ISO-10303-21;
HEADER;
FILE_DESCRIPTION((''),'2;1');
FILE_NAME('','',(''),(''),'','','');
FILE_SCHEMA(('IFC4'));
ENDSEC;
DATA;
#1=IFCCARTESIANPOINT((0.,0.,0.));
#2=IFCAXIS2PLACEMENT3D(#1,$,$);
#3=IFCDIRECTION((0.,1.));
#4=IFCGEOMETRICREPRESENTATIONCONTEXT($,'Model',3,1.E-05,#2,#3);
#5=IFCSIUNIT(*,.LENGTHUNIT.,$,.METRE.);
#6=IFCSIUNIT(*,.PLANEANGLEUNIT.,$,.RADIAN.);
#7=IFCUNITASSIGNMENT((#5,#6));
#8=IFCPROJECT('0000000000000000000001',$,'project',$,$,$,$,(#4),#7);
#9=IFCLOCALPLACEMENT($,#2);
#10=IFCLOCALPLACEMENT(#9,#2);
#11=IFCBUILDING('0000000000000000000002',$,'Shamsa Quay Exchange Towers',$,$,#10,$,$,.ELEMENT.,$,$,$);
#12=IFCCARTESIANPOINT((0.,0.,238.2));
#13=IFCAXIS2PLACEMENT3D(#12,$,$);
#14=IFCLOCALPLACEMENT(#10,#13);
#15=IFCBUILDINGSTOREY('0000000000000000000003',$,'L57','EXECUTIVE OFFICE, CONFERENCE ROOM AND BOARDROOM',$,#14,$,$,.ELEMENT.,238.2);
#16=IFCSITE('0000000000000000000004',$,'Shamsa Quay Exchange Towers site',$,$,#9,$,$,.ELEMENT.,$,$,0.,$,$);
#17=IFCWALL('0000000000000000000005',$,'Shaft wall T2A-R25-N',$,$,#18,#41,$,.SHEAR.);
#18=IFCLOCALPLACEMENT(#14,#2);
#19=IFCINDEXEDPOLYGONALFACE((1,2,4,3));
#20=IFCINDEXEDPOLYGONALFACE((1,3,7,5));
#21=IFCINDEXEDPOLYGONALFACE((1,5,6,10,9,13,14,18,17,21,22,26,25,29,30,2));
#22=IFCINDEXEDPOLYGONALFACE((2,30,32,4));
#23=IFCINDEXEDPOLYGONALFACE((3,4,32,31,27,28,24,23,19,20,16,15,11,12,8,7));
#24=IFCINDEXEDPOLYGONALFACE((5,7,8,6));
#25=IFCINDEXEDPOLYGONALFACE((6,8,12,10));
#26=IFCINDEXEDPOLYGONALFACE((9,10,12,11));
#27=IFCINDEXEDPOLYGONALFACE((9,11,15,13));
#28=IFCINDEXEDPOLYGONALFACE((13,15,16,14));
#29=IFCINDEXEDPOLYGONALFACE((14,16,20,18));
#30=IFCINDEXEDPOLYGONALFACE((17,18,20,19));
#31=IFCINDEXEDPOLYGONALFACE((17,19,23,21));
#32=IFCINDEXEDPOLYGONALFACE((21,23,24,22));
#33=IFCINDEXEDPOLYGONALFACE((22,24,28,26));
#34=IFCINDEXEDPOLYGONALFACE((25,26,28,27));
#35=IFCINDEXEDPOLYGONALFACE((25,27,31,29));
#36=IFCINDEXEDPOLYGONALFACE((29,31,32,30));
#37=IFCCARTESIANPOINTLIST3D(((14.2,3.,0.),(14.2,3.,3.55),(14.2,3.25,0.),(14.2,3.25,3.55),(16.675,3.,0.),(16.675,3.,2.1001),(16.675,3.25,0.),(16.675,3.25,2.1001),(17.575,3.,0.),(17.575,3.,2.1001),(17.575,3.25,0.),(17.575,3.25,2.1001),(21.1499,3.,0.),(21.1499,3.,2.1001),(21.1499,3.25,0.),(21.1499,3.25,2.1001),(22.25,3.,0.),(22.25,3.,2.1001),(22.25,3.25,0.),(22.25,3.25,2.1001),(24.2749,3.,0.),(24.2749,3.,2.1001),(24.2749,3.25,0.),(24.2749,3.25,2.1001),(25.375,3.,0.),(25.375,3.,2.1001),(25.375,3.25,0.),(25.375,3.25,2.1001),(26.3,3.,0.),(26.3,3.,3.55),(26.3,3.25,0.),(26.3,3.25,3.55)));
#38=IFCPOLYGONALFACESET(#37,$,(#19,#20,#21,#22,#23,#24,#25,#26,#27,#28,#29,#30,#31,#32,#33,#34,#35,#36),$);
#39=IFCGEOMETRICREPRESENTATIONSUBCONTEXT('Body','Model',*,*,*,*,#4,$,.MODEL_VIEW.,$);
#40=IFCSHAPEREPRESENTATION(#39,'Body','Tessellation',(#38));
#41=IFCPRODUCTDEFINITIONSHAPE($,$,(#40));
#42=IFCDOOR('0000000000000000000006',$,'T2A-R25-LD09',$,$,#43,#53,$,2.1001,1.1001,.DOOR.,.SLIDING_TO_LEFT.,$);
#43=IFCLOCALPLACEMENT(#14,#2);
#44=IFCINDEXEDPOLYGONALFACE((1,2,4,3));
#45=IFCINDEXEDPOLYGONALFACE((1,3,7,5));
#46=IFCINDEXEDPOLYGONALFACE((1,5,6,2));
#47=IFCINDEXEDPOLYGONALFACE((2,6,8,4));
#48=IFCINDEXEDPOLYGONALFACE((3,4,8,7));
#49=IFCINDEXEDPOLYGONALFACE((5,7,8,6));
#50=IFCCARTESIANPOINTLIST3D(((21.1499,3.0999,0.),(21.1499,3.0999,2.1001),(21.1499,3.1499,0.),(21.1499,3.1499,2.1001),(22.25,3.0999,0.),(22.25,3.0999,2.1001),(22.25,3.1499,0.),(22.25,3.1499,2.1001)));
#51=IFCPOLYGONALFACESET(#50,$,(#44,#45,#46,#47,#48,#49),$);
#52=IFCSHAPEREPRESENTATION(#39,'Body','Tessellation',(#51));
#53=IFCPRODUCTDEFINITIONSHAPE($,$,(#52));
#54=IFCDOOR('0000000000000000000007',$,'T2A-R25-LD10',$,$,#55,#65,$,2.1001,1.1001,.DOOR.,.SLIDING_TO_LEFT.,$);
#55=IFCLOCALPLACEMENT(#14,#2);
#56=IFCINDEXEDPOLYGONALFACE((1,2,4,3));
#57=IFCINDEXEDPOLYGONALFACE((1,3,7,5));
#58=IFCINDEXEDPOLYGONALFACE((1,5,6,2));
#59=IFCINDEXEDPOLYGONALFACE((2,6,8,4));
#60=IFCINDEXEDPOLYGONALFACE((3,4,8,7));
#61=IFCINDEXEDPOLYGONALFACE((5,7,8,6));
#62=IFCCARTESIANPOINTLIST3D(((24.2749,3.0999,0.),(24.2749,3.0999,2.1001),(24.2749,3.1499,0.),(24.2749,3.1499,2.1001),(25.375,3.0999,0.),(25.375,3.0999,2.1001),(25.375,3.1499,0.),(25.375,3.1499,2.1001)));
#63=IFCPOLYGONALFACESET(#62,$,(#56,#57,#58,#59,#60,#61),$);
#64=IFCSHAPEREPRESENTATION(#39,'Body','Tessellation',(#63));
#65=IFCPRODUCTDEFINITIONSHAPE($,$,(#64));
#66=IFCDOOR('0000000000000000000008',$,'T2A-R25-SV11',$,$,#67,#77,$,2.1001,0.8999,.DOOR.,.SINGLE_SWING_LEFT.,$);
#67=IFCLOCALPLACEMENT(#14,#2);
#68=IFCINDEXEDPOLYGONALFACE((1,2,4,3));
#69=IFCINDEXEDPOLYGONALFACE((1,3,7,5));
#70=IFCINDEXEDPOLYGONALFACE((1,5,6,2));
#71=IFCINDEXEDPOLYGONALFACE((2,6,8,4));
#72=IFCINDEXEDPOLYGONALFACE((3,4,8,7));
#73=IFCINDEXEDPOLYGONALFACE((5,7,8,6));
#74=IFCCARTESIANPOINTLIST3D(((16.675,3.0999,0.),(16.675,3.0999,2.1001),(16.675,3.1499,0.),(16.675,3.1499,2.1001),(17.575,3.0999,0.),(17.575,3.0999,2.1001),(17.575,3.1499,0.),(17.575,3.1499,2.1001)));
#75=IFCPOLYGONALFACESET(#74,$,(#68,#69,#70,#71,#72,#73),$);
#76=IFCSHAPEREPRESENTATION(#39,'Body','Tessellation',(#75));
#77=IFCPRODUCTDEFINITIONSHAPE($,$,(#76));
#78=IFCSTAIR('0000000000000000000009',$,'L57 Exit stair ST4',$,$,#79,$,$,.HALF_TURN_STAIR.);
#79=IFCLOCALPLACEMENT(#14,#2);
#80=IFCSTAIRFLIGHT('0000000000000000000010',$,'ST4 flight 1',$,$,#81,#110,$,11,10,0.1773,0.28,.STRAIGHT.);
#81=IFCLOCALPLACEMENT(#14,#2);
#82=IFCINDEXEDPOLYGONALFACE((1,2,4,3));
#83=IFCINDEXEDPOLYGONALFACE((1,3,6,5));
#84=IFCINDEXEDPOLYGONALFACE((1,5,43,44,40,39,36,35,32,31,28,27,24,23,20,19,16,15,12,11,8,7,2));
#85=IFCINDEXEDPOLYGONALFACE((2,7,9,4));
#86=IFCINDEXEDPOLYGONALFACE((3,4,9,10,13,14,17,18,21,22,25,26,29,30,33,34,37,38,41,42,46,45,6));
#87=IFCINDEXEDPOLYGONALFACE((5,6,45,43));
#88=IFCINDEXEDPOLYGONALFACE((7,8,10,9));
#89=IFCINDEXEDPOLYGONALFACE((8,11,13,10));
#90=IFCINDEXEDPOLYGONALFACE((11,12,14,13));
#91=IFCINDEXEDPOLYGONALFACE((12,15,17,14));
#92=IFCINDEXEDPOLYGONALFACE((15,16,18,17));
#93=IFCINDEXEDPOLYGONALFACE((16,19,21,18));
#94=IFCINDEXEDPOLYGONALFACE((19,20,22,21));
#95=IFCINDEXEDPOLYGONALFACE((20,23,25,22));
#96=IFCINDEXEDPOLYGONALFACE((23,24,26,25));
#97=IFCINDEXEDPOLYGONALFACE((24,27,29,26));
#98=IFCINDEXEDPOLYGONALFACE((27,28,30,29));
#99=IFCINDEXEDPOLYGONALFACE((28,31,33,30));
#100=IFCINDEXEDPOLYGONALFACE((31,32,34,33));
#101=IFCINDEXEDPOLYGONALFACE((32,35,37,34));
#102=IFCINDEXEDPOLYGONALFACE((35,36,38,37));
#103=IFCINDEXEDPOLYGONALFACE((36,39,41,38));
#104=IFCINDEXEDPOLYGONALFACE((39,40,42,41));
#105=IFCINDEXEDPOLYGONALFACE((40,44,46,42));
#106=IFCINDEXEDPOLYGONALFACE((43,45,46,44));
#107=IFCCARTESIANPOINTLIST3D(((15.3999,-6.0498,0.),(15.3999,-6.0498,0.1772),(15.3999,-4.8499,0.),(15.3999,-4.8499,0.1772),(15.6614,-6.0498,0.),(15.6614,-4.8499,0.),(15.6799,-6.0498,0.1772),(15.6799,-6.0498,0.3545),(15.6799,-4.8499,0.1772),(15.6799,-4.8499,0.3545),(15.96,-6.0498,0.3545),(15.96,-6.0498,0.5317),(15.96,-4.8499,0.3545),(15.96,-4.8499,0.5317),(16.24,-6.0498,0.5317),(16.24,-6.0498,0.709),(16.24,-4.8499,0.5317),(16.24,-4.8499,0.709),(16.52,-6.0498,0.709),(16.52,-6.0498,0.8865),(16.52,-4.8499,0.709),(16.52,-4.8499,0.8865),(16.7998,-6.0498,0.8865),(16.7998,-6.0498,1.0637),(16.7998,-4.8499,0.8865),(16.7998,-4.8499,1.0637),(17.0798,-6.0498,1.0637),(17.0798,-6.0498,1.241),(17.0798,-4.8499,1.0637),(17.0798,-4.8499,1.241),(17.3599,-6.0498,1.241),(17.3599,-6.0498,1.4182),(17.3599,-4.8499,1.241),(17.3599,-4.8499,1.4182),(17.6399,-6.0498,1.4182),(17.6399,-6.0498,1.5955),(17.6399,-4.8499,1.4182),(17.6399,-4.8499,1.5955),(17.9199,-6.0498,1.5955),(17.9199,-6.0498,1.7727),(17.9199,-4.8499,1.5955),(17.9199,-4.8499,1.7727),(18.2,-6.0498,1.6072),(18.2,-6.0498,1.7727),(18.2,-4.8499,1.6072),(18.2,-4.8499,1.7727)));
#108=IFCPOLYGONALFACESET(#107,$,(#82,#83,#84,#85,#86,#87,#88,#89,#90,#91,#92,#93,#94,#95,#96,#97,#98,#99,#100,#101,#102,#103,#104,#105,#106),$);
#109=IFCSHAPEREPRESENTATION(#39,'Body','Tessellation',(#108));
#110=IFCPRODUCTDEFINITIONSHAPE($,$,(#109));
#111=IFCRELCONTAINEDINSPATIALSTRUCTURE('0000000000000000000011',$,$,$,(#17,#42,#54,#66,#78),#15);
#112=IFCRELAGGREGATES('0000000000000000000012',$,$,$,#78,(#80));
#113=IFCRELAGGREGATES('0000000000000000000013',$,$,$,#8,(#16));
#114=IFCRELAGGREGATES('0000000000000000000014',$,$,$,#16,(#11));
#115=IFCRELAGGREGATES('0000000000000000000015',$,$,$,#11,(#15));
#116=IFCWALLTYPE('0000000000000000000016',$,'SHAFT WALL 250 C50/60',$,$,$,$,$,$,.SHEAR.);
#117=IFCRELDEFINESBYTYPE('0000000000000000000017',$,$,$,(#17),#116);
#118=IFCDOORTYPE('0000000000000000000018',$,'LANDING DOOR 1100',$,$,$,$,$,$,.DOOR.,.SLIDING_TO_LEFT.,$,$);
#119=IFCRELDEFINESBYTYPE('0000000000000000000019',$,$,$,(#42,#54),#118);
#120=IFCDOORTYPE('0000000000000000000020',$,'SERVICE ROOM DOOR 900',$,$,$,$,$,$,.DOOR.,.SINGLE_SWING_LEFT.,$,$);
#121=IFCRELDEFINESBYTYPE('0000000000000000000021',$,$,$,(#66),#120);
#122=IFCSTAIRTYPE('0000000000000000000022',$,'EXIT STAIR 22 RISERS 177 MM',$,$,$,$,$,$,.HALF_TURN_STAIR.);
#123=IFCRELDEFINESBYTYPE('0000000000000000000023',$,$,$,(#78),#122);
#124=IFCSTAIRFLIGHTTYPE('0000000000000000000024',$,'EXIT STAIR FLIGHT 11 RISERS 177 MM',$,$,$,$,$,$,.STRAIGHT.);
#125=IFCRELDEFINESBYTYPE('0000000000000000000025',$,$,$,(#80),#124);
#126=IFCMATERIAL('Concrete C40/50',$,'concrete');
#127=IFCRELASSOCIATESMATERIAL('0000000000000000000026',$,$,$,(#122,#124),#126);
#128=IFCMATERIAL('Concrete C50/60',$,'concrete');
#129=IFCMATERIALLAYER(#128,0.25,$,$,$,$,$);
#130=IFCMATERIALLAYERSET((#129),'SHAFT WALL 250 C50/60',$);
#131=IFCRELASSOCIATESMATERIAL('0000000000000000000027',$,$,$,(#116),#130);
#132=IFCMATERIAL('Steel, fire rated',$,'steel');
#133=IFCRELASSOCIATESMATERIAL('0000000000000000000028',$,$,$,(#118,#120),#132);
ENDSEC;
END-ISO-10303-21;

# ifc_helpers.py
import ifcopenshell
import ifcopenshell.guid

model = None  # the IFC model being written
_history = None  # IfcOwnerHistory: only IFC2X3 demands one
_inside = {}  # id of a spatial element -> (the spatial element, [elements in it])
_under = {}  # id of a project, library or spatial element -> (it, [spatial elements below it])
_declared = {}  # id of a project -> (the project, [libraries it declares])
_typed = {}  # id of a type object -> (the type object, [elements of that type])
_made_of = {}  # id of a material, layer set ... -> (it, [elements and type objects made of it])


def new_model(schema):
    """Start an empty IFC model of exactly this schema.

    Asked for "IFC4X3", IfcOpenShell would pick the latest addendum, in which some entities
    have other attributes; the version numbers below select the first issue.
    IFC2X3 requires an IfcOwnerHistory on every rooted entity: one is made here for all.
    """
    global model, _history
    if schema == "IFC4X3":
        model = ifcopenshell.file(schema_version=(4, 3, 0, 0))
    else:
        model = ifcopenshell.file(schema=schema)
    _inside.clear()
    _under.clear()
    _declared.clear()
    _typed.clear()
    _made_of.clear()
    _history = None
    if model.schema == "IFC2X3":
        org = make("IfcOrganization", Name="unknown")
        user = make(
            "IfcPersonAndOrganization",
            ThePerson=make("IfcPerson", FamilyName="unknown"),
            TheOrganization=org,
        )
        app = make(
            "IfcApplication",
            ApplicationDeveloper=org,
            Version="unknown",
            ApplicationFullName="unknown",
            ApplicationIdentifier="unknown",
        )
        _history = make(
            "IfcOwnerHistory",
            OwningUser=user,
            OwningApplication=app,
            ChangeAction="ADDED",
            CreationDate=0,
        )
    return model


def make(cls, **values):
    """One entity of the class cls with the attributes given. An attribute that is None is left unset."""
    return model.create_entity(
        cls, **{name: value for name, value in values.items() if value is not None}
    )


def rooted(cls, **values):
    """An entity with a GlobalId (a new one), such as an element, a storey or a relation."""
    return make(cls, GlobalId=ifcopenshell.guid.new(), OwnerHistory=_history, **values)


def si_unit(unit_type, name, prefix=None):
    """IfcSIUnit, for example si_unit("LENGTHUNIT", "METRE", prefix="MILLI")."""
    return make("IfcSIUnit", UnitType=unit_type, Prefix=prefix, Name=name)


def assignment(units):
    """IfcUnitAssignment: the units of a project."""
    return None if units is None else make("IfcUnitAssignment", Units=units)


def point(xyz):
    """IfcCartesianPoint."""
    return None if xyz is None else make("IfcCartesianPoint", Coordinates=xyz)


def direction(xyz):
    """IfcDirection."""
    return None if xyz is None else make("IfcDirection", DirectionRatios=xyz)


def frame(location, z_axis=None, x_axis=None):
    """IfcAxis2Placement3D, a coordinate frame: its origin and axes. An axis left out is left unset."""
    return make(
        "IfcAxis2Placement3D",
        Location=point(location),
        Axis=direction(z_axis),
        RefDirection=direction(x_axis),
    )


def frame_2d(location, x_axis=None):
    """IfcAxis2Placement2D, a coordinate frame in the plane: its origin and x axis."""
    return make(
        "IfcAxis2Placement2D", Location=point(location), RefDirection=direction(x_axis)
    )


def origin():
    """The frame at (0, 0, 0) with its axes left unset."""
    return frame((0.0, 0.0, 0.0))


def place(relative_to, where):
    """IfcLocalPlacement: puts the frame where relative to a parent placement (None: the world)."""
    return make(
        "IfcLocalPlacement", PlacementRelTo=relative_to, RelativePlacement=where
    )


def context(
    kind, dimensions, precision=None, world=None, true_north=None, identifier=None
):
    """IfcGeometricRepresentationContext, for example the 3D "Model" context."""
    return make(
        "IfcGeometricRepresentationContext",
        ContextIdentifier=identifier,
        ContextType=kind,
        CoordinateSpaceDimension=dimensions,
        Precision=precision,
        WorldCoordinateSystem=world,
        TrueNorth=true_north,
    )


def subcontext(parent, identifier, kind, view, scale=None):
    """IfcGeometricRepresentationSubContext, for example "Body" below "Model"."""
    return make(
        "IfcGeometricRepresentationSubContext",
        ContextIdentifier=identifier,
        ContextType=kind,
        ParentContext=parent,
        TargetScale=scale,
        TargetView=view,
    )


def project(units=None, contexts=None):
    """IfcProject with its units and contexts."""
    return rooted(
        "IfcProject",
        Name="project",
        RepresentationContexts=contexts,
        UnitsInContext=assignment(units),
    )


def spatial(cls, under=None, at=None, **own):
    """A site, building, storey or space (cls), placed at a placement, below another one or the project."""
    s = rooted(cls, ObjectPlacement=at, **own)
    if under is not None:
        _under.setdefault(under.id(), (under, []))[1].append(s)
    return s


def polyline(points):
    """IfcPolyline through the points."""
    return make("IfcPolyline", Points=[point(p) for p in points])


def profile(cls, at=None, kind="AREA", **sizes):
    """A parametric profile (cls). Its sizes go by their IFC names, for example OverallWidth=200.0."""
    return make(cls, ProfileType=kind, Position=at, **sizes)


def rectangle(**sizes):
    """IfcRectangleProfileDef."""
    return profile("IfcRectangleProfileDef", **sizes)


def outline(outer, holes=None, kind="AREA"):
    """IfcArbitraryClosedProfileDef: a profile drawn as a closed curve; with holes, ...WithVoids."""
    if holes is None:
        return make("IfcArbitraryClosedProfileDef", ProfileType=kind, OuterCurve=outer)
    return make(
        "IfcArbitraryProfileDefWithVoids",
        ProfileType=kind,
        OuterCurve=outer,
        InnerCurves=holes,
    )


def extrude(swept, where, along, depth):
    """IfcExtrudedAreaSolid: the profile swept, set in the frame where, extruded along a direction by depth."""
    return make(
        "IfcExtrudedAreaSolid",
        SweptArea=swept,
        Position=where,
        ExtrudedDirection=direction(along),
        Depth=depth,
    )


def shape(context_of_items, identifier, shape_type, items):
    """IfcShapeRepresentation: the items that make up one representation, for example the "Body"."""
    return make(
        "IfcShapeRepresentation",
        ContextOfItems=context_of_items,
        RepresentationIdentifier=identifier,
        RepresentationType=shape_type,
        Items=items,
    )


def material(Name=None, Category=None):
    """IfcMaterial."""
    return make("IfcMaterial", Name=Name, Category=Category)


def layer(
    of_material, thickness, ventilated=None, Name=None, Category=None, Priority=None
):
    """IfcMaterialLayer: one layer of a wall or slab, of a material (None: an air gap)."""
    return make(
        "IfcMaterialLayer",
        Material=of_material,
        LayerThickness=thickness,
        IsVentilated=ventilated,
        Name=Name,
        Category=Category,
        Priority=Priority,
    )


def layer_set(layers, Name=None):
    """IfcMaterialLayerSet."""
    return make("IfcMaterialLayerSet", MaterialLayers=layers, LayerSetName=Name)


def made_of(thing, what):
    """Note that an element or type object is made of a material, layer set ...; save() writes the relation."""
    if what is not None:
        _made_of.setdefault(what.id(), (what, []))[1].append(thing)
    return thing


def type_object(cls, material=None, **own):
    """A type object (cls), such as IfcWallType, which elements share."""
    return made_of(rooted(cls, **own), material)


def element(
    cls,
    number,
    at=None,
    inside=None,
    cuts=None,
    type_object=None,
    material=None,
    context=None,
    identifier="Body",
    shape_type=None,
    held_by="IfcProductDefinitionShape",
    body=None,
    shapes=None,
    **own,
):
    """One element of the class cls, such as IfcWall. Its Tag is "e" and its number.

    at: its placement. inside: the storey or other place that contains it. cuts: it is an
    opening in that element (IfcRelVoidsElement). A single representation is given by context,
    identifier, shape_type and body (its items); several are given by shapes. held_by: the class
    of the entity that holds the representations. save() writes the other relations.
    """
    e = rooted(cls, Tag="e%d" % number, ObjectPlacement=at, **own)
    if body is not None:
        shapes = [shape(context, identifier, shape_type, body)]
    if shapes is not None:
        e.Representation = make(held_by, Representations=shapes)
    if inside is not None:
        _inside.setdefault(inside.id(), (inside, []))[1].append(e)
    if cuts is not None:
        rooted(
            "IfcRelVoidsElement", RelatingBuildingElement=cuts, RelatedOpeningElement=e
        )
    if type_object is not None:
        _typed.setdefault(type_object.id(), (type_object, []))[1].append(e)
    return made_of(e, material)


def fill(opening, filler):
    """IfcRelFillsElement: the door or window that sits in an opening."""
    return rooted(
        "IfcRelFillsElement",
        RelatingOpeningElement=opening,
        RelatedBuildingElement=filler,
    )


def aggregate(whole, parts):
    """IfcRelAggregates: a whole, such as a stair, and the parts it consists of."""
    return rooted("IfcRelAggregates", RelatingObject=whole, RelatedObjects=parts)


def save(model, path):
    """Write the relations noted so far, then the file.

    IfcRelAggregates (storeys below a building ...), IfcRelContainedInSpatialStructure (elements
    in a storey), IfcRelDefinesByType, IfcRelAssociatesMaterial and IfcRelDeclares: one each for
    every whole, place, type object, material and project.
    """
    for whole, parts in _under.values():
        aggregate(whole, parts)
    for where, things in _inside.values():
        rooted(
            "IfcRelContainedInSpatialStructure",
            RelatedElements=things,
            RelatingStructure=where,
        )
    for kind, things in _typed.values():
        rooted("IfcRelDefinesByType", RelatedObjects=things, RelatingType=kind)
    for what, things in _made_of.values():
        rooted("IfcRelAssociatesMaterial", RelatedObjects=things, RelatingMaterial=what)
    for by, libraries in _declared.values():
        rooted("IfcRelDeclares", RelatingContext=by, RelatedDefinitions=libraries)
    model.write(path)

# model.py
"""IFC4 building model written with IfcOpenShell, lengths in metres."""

from ifc_helpers import new_model, si_unit, direction, frame, frame_2d, origin, place, context, subcontext, project, spatial, polyline, rectangle, outline, extrude, material, layer, layer_set, type_object, element, fill, aggregate, save


model = new_model("IFC4")

# Units and contexts
model_context = context("Model", 3, precision=1e-05, world=origin(), true_north=direction((0.0, 1.0)))
body_context = subcontext(model_context, "Body", "Model", "MODEL_VIEW")
ifc_project = project(units=[si_unit("LENGTHUNIT", "METRE"), si_unit("PLANEANGLEUNIT", "RADIAN")], contexts=[model_context])

# Site, building, storey
site_placement = place(None, origin())
site = spatial("IfcSite", under=ifc_project, at=site_placement, Name="Shamsa Quay Exchange Towers site", CompositionType="ELEMENT", RefElevation=0.0)
building_placement = place(site_placement, origin())
building = spatial("IfcBuilding", under=site, at=building_placement, Name="Shamsa Quay Exchange Towers", CompositionType="ELEMENT")
storey_placement = place(building_placement, frame((0.0, 0.0, 238.2)))
storey = spatial("IfcBuildingStorey", under=building, at=storey_placement, Name="L57", Description="EXECUTIVE OFFICE, CONFERENCE ROOM AND BOARDROOM", CompositionType="ELEMENT", Elevation=238.2)

# Shared definitions
ifc_material_1 = material(Name="Concrete C50/60", Category="concrete")

# Shared definitions
ifc_material_2 = material(Name="Concrete C40/50", Category="concrete")
stair_type = type_object("IfcStairType", Name="EXIT STAIR 22 RISERS 177 MM", PredefinedType="HALF_TURN_STAIR", material=ifc_material_2)

# Shared definitions
ifc_material_3 = material(Name="Steel, fire rated", Category="steel")

# Wall, openings, doors
ifc_layer_1 = layer(ifc_material_1, 0.25)
ifc_layer_set_1 = layer_set([ifc_layer_1], Name="SHAFT WALL 250 C50/60")
wall_type_1 = type_object("IfcWallType", Name="SHAFT WALL 250 C50/60", PredefinedType="SHEAR", material=ifc_layer_set_1)
wall_1_placement = place(storey_placement, frame((14.2, 3.125, 0.0)))
wall_1 = element("IfcWall", 1, at=wall_1_placement, inside=storey, type_object=wall_type_1, Name="Shaft wall T2A-R25-N", PredefinedType="SHEAR", context=body_context, shape_type="SweptSolid", body=[
    extrude(rectangle(XDim=12.1001, YDim=0.25, at=frame_2d((6.05, 0.0))), origin(), (0.0, 0.0, 1.0), 3.55),
])
opening_1_placement = place(wall_1_placement, frame((6.95, 0.0, 0.0)))
opening_1 = element("IfcOpeningElement", 2, at=opening_1_placement, cuts=wall_1, PredefinedType="OPENING", context=body_context, shape_type="SweptSolid", body=[
    extrude(rectangle(XDim=1.1001, YDim=2.1001, at=frame_2d((0.55, 1.05))), frame((0.0, 0.135, 0.0), z_axis=(0.0, -1.0, 0.0), x_axis=(1.0, 0.0, 0.0)), (0.0, 0.0, 1.0), 0.27),
])
opening_2_placement = place(wall_1_placement, frame((10.075, 0.0, 0.0)))
opening_2 = element("IfcOpeningElement", 3, at=opening_2_placement, cuts=wall_1, PredefinedType="OPENING", context=body_context, shape_type="SweptSolid", body=[
    extrude(rectangle(XDim=1.1001, YDim=2.1001, at=frame_2d((0.55, 1.05))), frame((0.0, 0.135, 0.0), z_axis=(0.0, -1.0, 0.0), x_axis=(1.0, 0.0, 0.0)), (0.0, 0.0, 1.0), 0.27),
])
opening_3_placement = place(wall_1_placement, frame((2.4751, 0.0, 0.0)))
opening_3 = element("IfcOpeningElement", 4, at=opening_3_placement, cuts=wall_1, PredefinedType="OPENING", context=body_context, shape_type="SweptSolid", body=[
    extrude(rectangle(XDim=0.8999, YDim=2.1001, at=frame_2d((0.45, 1.05))), frame((0.0, 0.135, 0.0), z_axis=(0.0, -1.0, 0.0), x_axis=(1.0, 0.0, 0.0)), (0.0, 0.0, 1.0), 0.27),
])
door_type_1 = type_object("IfcDoorType", Name="LANDING DOOR 1100", OperationType="SLIDING_TO_LEFT", PredefinedType="DOOR", material=ifc_material_3)
door_1_placement = place(opening_1_placement, origin())
door_1 = element("IfcDoor", 5, at=door_1_placement, inside=storey, type_object=door_type_1, Name="T2A-R25-LD09", OperationType="SLIDING_TO_LEFT", OverallHeight=2.1001, OverallWidth=1.1001, PredefinedType="DOOR", context=body_context, shape_type="SweptSolid", body=[
    extrude(rectangle(XDim=1.1001, YDim=2.1001, at=frame_2d((0.55, 1.05))), frame((0.0, 0.0249, 0.0), z_axis=(0.0, -1.0, 0.0), x_axis=(1.0, 0.0, 0.0)), (0.0, 0.0, 1.0), 0.05),
])
fill(opening_1, door_1)
door_2_placement = place(opening_2_placement, origin())
door_2 = element("IfcDoor", 6, at=door_2_placement, inside=storey, type_object=door_type_1, Name="T2A-R25-LD10", OperationType="SLIDING_TO_LEFT", OverallHeight=2.1001, OverallWidth=1.1001, PredefinedType="DOOR", context=body_context, shape_type="SweptSolid", body=[
    extrude(rectangle(XDim=1.1001, YDim=2.1001, at=frame_2d((0.55, 1.05))), frame((0.0, 0.0249, 0.0), z_axis=(0.0, -1.0, 0.0), x_axis=(1.0, 0.0, 0.0)), (0.0, 0.0, 1.0), 0.05),
])
fill(opening_2, door_2)
door_type_2 = type_object("IfcDoorType", Name="SERVICE ROOM DOOR 900", OperationType="SINGLE_SWING_LEFT", PredefinedType="DOOR", material=ifc_material_3)
door_3_placement = place(opening_3_placement, origin())
door_3 = element("IfcDoor", 7, at=door_3_placement, inside=storey, type_object=door_type_2, Name="T2A-R25-SV11", OperationType="SINGLE_SWING_LEFT", OverallHeight=2.1001, OverallWidth=0.8999, PredefinedType="DOOR", context=body_context, shape_type="SweptSolid", body=[
    extrude(rectangle(XDim=0.8999, YDim=2.1001, at=frame_2d((0.45, 1.05))), frame((0.0, 0.0249, 0.0), z_axis=(0.0, -1.0, 0.0), x_axis=(1.0, 0.0, 0.0)), (0.0, 0.0, 1.0), 0.05),
])
fill(opening_3, door_3)

# Stair, stair flight
stair_1_placement = place(storey_placement, origin())
stair_1 = element("IfcStair", 8, at=stair_1_placement, inside=storey, type_object=stair_type, Name="L57 Exit stair ST4", PredefinedType="HALF_TURN_STAIR")
stair_flight_type = type_object("IfcStairFlightType", Name="EXIT STAIR FLIGHT 11 RISERS 177 MM", PredefinedType="STRAIGHT", material=ifc_material_2)
stair_flight_placement = place(storey_placement, frame((15.3999, -5.45, 0.0)))
stair_flight = element("IfcStairFlight", 9, at=stair_flight_placement, type_object=stair_flight_type, Name="ST4 flight 1", NumberOfRisers=11, NumberOfTreads=10, PredefinedType="STRAIGHT", RiserHeight=0.1773, TreadLength=0.28, context=body_context, shape_type="SweptSolid", body=[
    extrude(outline(polyline([(0.0, 0.0), (0.0, 0.1772), (0.28, 0.1772), (0.28, 0.3545), (0.5601, 0.3545), (0.5601, 0.5317), (0.8401, 0.5317), (0.8401, 0.709), (1.1201, 0.709), (1.1201, 0.8865), (1.3999, 0.8865), (1.3999, 1.0637), (1.6799, 1.0637), (1.6799, 1.241), (1.96, 1.241), (1.96, 1.4182), (2.24, 1.4182), (2.24, 1.5955), (2.52, 1.5955), (2.52, 1.7727), (2.8, 1.7727), (2.8, 1.95), (2.8, 1.6072), (0.2615, 0.0), (0.0, 0.0)])), frame((0.0, 0.6001, 0.0), z_axis=(0.0, -1.0, 0.0), x_axis=(1.0, 0.0, 0.0)), (0.0, 0.0, 1.0), 1.2),
])
aggregate(stair_1, [stair_flight])

save(model, "model.ifc")
